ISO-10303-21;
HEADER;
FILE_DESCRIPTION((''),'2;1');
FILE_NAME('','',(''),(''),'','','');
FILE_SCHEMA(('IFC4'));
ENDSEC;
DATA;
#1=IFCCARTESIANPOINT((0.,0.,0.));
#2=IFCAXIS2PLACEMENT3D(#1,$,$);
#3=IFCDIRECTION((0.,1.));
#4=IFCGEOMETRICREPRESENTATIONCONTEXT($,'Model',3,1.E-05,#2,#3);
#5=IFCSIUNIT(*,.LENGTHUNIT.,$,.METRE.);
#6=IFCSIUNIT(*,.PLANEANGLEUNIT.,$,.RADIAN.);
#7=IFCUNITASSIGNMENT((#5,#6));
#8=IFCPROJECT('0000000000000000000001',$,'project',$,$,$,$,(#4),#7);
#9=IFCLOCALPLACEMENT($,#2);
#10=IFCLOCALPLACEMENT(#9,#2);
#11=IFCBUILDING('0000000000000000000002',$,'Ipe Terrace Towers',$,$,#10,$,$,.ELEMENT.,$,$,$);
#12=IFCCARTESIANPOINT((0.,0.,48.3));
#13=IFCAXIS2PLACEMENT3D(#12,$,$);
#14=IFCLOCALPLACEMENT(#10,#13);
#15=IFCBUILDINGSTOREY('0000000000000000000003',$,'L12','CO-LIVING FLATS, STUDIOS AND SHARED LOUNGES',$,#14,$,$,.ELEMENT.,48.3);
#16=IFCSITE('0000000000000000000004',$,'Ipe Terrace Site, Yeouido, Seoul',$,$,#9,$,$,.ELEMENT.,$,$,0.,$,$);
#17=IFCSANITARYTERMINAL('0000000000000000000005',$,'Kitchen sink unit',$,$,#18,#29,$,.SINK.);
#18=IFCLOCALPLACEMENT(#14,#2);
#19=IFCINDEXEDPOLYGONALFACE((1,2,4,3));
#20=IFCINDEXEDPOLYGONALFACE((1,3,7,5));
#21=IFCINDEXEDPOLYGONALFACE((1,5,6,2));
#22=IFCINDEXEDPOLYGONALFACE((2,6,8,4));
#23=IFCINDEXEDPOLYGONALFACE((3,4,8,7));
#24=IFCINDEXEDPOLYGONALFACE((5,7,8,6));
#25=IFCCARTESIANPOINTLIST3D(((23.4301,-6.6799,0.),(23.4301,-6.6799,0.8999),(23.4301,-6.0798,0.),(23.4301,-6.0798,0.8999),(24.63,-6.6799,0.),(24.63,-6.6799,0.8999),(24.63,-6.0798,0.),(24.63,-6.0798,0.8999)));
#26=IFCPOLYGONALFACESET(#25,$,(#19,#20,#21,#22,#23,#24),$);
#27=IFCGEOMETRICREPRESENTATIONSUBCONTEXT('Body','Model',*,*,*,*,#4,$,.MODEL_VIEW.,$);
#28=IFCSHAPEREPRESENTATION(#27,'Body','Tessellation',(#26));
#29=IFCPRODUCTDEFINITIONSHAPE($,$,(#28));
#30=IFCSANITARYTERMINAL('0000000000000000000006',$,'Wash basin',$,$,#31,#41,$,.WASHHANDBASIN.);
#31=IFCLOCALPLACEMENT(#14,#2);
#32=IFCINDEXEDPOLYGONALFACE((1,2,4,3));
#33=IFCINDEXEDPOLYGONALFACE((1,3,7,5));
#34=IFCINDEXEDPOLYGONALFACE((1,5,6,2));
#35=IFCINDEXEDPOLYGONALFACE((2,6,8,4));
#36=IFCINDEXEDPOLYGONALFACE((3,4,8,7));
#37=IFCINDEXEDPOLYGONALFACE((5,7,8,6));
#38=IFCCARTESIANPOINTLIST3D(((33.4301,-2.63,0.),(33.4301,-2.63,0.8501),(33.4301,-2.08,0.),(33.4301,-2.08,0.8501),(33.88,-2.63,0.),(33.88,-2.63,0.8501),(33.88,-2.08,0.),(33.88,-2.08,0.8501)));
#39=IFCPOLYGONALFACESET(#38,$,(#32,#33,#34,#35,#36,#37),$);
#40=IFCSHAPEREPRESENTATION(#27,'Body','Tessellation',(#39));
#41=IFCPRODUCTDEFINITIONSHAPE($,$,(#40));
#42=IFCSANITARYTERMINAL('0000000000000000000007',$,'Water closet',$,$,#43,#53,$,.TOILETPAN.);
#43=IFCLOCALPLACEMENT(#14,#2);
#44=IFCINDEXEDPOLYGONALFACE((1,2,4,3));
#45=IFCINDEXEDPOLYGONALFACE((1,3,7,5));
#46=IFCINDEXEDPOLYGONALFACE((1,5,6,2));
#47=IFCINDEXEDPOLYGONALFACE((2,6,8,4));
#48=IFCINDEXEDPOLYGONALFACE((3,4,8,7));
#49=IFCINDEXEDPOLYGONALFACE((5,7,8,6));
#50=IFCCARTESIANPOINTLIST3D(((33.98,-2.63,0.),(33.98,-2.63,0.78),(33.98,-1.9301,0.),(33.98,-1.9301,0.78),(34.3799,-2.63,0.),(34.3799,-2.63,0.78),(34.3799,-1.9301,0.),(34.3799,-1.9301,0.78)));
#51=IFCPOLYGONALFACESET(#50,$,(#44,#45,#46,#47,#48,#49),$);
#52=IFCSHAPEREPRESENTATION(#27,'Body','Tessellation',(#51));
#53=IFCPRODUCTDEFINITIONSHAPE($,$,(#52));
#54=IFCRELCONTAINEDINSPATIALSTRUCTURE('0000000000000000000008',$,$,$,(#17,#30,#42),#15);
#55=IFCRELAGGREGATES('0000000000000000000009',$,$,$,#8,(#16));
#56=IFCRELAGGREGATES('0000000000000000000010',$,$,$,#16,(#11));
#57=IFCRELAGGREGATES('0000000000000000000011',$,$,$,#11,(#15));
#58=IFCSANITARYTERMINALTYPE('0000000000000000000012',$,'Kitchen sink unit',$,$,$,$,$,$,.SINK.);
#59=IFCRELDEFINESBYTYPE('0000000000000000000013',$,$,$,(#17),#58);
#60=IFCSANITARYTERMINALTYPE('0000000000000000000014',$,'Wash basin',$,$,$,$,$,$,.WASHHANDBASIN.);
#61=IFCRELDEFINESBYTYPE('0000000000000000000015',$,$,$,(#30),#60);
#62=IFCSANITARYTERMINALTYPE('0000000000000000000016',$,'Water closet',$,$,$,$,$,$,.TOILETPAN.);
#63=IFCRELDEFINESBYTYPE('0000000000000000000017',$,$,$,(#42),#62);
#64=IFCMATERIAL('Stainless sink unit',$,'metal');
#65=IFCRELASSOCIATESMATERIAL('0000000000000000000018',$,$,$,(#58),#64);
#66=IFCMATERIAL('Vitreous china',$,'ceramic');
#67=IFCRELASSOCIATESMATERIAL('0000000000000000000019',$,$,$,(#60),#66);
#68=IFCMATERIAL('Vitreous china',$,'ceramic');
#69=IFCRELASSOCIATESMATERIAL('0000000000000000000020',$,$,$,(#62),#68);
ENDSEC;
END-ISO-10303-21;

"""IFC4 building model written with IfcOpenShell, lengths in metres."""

from ifc_helpers import new_model, si_unit, direction, frame, origin, origin_2d, place, context, subcontext, project, spatial, rectangle, extrude, material, type_object, element, save


model = new_model("IFC4")

# Units and contexts
model_context = context("Model", 3, precision=1e-05, world=origin(), true_north=direction((0.0, 1.0)))
body_context = subcontext(model_context, "Body", "Model", "MODEL_VIEW")
ifc_project = project(units=[si_unit("LENGTHUNIT", "METRE"), si_unit("PLANEANGLEUNIT", "RADIAN")], contexts=[model_context])

# Site, building, storey
site_placement = place(None, origin())
site = spatial("IfcSite", under=ifc_project, at=site_placement, Name="Ipe Terrace Site, Yeouido, Seoul", CompositionType="ELEMENT", RefElevation=0.0)
building_placement = place(site_placement, origin())
building = spatial("IfcBuilding", under=site, at=building_placement, Name="Ipe Terrace Towers", CompositionType="ELEMENT")
storey_placement = place(building_placement, frame((0.0, 0.0, 48.3)))
storey = spatial("IfcBuildingStorey", under=building, at=storey_placement, Name="L12", Description="CO-LIVING FLATS, STUDIOS AND SHARED LOUNGES", CompositionType="ELEMENT", Elevation=48.3)

# Sanitary terminals
ifc_material_1 = material(Name="Stainless sink unit", Category="metal")
sanitary_terminal_type_1 = type_object("IfcSanitaryTerminalType", Name="Kitchen sink unit", PredefinedType="SINK", material=ifc_material_1)
sanitary_terminal_1_placement = place(storey_placement, frame((24.03, -6.3799, 0.0), z_axis=(0.0, 0.0, 1.0), x_axis=(-1.0, 0.0, 0.0)))
element("IfcSanitaryTerminal", 1, at=sanitary_terminal_1_placement, inside=storey, type_object=sanitary_terminal_type_1, Name="Kitchen sink unit", PredefinedType="SINK", context=body_context, shape_type="SweptSolid", body=[
    extrude(rectangle(XDim=1.2, YDim=0.6001, at=origin_2d()), origin(), (0.0, 0.0, 1.0), 0.8999),
])
ifc_material_2 = material(Name="Vitreous china", Category="ceramic")
sanitary_terminal_type_2 = type_object("IfcSanitaryTerminalType", Name="Wash basin", PredefinedType="WASHHANDBASIN", material=ifc_material_2)
sanitary_terminal_2_placement = place(storey_placement, frame((33.655, -2.355, 0.0), z_axis=(0.0, 0.0, 1.0), x_axis=(0.0, 1.0, 0.0)))
element("IfcSanitaryTerminal", 2, at=sanitary_terminal_2_placement, inside=storey, type_object=sanitary_terminal_type_2, Name="Wash basin", PredefinedType="WASHHANDBASIN", context=body_context, shape_type="SweptSolid", body=[
    extrude(rectangle(XDim=0.55, YDim=0.45, at=origin_2d()), origin(), (0.0, 0.0, 1.0), 0.8501),
])
ifc_material_3 = material(Name="Vitreous china", Category="ceramic")
sanitary_terminal_type_3 = type_object("IfcSanitaryTerminalType", Name="Water closet", PredefinedType="TOILETPAN", material=ifc_material_3)
sanitary_terminal_3_placement = place(storey_placement, frame((34.1799, -2.28, 0.0), z_axis=(0.0, 0.0, 1.0), x_axis=(0.0, 1.0, 0.0)))
element("IfcSanitaryTerminal", 3, at=sanitary_terminal_3_placement, inside=storey, type_object=sanitary_terminal_type_3, Name="Water closet", PredefinedType="TOILETPAN", context=body_context, shape_type="SweptSolid", body=[
    extrude(rectangle(XDim=0.7, YDim=0.3999, at=origin_2d()), origin(), (0.0, 0.0, 1.0), 0.78),
])

save(model, "model.ifc")
